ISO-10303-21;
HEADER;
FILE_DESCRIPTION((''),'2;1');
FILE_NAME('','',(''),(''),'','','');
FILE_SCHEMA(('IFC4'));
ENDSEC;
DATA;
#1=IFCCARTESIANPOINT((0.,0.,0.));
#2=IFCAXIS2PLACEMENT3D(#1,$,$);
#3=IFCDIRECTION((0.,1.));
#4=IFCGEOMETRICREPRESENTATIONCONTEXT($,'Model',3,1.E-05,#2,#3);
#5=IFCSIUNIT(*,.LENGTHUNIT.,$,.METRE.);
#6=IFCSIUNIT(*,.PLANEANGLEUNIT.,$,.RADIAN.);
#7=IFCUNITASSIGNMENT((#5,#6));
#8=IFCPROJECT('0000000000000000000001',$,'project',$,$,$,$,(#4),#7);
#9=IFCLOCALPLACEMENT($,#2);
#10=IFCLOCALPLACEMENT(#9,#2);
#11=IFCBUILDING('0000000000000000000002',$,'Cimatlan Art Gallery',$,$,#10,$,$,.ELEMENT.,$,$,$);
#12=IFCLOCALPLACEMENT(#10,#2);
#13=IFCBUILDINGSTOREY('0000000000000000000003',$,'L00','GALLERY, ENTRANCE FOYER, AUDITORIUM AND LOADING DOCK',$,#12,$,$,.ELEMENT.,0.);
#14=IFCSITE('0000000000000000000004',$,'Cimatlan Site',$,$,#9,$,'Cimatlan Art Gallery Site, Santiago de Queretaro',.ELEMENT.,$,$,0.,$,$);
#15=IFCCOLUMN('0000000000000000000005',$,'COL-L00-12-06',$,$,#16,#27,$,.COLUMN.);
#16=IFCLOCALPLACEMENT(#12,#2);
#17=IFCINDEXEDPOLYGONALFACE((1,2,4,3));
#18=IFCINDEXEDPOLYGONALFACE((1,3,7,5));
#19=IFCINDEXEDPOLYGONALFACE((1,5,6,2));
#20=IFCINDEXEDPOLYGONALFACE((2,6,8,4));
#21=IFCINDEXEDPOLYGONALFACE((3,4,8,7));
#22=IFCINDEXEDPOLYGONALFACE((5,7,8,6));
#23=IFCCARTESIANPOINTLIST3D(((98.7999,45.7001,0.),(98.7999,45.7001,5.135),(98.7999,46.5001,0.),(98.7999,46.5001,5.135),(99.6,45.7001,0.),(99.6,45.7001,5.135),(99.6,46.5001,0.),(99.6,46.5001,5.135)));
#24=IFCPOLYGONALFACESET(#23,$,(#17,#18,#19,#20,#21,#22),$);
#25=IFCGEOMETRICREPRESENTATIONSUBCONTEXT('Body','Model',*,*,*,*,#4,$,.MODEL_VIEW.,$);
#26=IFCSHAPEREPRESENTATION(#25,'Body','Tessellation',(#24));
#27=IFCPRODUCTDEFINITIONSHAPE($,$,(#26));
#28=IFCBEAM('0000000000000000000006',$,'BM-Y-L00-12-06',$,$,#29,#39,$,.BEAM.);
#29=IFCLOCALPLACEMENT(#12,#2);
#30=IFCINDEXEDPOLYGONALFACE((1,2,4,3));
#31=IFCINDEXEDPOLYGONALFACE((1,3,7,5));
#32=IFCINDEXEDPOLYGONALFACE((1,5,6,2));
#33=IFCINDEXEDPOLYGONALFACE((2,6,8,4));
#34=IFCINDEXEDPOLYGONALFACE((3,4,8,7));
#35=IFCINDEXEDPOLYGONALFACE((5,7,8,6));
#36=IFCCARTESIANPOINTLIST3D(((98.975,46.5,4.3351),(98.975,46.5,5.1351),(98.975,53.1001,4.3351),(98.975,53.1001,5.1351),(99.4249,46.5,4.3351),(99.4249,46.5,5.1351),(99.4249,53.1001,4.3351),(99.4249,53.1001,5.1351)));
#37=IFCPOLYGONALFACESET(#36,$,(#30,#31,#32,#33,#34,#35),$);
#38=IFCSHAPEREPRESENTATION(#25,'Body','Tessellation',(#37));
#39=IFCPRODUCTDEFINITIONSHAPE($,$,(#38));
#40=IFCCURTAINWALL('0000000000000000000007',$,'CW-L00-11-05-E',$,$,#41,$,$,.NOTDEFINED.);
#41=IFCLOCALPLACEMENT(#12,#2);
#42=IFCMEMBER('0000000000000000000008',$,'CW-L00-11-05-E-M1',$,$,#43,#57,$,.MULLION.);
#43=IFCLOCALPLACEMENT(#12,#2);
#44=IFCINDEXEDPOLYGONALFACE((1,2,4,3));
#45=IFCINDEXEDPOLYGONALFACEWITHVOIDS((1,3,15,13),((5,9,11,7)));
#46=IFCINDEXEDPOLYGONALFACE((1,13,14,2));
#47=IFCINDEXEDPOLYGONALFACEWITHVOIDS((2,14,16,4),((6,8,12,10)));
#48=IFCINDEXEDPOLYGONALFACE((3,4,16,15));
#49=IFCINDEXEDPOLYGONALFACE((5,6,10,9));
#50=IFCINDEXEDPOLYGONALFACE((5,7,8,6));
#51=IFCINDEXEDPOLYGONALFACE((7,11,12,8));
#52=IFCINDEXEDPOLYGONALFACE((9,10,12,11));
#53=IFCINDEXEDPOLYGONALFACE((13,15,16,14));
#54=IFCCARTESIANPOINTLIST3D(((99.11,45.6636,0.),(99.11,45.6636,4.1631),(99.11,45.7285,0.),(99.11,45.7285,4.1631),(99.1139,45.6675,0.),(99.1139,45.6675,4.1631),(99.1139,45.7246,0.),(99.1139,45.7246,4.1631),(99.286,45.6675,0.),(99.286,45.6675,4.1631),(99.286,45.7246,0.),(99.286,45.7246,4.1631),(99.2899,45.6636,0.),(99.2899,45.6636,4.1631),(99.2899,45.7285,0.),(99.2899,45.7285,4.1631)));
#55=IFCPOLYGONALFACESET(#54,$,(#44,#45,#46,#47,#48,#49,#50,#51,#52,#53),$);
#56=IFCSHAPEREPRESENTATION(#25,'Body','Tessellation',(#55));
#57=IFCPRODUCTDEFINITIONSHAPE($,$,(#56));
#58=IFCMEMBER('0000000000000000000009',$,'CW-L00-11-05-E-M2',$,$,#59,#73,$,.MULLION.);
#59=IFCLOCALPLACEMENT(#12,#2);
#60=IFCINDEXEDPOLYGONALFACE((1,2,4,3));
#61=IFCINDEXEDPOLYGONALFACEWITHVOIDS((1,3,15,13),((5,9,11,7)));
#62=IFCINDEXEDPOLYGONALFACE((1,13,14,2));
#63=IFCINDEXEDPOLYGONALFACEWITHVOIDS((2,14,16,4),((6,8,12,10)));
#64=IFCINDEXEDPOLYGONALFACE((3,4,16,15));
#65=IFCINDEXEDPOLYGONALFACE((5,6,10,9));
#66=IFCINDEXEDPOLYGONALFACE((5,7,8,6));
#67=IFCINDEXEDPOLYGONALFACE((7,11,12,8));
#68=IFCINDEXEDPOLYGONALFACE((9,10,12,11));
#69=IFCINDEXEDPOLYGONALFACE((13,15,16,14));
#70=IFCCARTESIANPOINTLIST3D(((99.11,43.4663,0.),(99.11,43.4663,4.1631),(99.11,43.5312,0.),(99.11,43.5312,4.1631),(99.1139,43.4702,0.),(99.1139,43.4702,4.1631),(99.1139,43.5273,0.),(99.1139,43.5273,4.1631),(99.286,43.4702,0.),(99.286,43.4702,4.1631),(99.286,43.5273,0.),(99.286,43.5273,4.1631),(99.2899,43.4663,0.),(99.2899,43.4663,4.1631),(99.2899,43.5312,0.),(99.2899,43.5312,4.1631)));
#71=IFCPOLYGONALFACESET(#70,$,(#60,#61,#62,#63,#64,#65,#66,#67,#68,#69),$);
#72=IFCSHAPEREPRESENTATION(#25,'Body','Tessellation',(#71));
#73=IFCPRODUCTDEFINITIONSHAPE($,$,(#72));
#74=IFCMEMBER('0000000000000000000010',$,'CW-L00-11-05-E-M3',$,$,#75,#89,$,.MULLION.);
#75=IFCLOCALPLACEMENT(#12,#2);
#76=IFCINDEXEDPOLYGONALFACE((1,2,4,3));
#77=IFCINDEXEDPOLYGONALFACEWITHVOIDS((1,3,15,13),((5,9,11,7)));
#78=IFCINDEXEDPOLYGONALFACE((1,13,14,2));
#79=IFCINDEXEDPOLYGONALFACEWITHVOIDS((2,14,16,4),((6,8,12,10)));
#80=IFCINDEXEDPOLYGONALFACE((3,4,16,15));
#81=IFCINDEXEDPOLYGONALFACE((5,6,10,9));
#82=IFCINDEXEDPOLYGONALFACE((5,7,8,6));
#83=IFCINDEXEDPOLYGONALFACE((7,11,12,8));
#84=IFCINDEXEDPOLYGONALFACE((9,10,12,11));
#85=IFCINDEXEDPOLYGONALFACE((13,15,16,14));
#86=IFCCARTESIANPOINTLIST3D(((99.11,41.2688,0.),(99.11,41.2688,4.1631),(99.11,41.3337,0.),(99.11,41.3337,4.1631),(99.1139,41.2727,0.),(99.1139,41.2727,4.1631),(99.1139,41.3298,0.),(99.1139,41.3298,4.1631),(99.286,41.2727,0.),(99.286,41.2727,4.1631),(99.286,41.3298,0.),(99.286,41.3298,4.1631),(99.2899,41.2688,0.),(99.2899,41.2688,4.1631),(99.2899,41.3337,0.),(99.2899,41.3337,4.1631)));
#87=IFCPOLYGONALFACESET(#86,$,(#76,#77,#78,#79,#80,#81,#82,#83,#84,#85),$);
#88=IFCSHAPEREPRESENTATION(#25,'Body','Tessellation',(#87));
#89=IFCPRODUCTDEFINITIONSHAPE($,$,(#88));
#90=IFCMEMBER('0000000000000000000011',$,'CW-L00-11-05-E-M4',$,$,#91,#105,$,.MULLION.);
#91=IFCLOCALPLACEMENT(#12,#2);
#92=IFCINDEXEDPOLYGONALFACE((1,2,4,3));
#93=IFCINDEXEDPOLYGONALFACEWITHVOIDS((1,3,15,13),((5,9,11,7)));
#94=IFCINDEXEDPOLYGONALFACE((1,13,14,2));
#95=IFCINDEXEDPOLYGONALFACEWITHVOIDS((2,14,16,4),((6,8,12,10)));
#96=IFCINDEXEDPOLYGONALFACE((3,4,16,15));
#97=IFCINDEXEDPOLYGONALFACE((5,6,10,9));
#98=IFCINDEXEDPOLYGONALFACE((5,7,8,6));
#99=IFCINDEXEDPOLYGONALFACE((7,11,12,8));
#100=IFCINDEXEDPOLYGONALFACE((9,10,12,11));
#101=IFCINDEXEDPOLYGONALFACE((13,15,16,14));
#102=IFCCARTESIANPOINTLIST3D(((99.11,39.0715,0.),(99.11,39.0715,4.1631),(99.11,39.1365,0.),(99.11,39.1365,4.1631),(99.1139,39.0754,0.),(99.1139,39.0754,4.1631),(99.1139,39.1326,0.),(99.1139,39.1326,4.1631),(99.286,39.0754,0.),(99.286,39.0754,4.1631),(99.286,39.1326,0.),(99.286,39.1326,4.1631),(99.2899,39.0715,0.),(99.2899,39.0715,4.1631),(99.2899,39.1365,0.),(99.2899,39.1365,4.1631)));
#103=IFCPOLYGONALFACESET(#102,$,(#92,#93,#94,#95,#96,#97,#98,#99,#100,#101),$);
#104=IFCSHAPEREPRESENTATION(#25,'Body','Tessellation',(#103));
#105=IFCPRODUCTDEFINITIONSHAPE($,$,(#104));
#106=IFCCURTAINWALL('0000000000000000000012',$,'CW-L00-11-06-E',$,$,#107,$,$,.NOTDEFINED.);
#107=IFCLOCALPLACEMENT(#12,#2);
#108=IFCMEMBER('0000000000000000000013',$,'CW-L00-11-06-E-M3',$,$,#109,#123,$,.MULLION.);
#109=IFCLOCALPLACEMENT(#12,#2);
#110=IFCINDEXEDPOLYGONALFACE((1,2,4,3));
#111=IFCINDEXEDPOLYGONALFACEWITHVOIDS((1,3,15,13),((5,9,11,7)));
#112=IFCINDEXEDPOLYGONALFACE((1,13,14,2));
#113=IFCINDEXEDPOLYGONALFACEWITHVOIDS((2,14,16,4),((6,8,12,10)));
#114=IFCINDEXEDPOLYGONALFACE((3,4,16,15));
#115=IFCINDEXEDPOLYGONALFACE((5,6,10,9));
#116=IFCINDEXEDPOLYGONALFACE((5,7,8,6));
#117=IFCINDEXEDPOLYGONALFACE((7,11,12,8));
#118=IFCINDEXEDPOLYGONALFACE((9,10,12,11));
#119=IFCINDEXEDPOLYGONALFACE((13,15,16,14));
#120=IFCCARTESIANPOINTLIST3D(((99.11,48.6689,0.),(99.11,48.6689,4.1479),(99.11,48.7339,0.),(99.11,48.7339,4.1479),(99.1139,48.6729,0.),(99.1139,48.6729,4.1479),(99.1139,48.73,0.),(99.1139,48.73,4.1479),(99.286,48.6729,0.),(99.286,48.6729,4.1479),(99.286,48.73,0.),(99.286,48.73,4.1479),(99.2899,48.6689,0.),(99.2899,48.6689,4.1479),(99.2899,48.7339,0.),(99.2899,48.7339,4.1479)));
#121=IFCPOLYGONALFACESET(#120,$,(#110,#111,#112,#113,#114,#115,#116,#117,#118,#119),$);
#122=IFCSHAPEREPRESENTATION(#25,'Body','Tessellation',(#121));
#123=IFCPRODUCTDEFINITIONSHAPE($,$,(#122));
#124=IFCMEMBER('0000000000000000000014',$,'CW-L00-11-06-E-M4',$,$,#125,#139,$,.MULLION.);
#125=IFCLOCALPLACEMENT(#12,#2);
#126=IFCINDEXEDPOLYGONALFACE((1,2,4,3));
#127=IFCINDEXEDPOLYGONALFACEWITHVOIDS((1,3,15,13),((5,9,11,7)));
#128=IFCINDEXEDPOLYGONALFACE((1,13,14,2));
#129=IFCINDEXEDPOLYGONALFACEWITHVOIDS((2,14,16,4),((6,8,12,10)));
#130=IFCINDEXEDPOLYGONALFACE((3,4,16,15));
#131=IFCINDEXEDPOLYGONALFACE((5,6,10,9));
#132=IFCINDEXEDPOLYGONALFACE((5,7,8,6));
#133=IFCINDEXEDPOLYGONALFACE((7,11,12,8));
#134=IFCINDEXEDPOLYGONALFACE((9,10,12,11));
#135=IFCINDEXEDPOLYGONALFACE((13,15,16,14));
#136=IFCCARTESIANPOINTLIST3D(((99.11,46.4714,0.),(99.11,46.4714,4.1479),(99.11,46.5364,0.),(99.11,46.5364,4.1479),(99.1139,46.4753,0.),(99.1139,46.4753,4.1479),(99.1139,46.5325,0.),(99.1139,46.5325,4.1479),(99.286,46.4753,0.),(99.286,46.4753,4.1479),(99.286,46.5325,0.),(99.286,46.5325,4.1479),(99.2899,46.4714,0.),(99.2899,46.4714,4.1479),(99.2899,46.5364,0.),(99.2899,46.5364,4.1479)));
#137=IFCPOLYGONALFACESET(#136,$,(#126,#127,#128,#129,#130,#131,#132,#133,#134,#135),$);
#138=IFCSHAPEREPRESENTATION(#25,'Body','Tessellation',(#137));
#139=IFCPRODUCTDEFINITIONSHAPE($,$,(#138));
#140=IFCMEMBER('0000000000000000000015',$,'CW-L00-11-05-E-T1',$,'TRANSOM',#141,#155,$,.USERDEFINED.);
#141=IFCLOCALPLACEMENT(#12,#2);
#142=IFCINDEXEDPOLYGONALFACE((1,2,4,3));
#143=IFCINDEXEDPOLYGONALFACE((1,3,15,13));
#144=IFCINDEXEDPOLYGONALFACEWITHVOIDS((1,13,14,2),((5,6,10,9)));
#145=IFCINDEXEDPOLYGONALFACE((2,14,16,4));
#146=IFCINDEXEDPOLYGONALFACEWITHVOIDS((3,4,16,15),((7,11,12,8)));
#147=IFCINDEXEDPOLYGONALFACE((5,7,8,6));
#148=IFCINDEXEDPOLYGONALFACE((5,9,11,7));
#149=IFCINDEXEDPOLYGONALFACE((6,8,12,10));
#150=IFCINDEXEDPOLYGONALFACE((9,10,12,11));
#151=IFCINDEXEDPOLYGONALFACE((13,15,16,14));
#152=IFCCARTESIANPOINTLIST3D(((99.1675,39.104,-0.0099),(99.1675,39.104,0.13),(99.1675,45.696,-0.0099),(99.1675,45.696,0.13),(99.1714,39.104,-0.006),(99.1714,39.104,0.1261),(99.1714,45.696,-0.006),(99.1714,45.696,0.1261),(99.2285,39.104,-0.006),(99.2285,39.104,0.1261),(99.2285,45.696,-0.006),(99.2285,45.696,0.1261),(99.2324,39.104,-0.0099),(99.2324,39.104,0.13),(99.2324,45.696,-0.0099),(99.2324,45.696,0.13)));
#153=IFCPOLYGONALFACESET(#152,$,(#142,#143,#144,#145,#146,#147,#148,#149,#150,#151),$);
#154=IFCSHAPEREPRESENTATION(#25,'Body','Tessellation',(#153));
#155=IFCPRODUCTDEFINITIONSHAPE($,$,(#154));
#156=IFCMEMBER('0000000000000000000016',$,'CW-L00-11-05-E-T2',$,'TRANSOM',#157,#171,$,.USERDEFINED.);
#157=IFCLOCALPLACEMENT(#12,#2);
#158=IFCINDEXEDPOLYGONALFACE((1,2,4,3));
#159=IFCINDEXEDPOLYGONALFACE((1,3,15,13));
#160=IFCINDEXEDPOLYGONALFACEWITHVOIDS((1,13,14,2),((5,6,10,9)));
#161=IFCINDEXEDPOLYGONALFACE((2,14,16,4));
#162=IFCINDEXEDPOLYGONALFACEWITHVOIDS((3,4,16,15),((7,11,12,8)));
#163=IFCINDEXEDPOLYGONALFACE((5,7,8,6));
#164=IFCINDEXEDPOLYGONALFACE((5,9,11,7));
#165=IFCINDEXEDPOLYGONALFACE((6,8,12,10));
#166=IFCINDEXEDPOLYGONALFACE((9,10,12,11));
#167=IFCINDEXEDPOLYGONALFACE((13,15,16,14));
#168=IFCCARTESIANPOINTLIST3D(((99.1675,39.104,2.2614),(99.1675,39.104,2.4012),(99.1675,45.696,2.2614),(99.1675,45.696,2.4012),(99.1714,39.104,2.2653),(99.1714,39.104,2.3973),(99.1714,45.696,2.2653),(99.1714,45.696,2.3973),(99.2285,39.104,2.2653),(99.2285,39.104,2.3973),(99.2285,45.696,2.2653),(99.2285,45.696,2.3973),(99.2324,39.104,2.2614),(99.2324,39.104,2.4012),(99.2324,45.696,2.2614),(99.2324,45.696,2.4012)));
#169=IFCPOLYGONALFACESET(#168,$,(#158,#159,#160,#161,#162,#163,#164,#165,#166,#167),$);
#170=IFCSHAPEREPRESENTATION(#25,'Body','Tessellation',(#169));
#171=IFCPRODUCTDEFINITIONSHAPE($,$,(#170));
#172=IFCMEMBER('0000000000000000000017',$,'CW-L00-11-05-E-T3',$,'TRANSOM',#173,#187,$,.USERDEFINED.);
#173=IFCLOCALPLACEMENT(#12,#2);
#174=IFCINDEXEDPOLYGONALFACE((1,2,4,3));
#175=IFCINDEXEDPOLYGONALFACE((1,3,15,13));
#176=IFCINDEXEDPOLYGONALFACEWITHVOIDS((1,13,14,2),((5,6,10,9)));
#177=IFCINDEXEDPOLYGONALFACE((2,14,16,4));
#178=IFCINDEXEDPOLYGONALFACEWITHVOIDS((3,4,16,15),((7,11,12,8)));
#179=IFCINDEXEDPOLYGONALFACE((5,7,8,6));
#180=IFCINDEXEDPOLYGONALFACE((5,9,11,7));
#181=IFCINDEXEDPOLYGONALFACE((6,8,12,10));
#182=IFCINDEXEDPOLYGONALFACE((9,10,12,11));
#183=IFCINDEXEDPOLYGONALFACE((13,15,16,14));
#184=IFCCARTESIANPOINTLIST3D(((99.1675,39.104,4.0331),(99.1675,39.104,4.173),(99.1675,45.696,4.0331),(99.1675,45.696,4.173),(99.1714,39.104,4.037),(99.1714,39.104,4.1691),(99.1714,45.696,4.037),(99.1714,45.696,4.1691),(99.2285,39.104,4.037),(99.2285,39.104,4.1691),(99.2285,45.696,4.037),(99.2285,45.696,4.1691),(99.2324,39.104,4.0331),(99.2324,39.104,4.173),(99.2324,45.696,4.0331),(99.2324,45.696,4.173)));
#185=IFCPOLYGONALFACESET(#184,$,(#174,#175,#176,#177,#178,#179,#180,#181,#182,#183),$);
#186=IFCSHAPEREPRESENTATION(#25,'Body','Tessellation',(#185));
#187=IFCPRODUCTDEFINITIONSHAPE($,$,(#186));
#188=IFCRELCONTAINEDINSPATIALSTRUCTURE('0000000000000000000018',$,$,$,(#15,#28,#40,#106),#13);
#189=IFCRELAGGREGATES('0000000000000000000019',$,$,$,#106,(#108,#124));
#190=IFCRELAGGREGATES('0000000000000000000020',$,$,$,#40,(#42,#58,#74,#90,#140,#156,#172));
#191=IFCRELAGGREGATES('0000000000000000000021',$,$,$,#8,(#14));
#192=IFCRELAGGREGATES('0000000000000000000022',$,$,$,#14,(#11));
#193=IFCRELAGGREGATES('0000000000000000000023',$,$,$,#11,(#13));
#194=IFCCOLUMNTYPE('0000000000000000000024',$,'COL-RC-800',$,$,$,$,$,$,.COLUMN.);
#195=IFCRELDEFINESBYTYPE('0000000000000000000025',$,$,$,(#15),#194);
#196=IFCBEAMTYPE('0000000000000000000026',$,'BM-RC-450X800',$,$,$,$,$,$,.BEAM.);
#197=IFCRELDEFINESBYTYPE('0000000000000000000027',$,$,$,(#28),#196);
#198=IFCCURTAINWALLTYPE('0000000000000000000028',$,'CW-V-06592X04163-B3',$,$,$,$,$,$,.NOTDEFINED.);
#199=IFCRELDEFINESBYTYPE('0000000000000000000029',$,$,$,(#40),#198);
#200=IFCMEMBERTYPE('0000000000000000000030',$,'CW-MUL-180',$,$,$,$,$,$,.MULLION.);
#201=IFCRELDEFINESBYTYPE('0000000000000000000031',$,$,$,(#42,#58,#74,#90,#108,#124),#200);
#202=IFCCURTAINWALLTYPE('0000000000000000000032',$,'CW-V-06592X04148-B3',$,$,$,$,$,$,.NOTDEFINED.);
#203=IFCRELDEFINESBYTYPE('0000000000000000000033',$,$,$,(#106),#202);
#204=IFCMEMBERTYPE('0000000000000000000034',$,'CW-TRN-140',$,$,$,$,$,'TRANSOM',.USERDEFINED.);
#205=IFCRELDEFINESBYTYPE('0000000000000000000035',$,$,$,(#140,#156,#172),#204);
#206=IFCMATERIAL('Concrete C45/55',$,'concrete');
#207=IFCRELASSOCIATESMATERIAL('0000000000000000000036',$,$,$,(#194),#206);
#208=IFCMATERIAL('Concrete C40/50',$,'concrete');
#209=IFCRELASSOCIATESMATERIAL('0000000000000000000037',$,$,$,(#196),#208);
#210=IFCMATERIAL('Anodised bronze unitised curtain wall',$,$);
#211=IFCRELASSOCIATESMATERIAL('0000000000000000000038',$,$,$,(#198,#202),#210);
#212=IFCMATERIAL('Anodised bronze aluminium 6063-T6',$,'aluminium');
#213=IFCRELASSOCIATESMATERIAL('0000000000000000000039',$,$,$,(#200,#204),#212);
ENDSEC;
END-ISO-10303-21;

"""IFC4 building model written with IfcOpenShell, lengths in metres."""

from ifc_helpers import new_model, si_unit, direction, frame, origin, origin_2d, place, context, subcontext, project, spatial, rectangle, hollow_rectangle, extrude, material, material_profile, profile_set, type_object, element, aggregate, save


model = new_model("IFC4")

# Units and contexts
model_context = context("Model", 3, precision=1e-05, world=origin(), true_north=direction((0.0, 1.0)))
body_context = subcontext(model_context, "Body", "Model", "MODEL_VIEW")
ifc_project = project(units=[si_unit("LENGTHUNIT", "METRE"), si_unit("PLANEANGLEUNIT", "RADIAN")], contexts=[model_context])

# Site, building, storey
site_placement = place(None, origin())
site = spatial("IfcSite", under=ifc_project, at=site_placement, Name="Cimatlan Site", LongName="Cimatlan Art Gallery Site, Santiago de Queretaro", CompositionType="ELEMENT", RefElevation=0.0)
building_placement = place(site_placement, origin())
building = spatial("IfcBuilding", under=site, at=building_placement, Name="Cimatlan Art Gallery", CompositionType="ELEMENT")
storey_placement = place(building_placement, origin())
storey = spatial("IfcBuildingStorey", under=building, at=storey_placement, Name="L00", Description="GALLERY, ENTRANCE FOYER, AUDITORIUM AND LOADING DOCK", CompositionType="ELEMENT", Elevation=0.0)

# Column
ifc_material_1 = material(Name="Concrete C45/55", Category="concrete")
ifc_material_profile_1 = material_profile(ifc_material_1, rectangle(XDim=0.8, YDim=0.8, at=origin_2d()), Name="RC800X800")
ifc_profile_set_1 = profile_set([ifc_material_profile_1], Name="Concrete C45/55")
column_type = type_object("IfcColumnType", Name="COL-RC-800", PredefinedType="COLUMN", material=ifc_profile_set_1)
column_placement = place(storey_placement, frame((99.2, 46.1001, 0.0), z_axis=(0.0, 0.0, 1.0), x_axis=(1.0, 0.0, 0.0)))
element("IfcColumn", 1, at=column_placement, inside=storey, type_object=column_type, Name="COL-L00-12-06", PredefinedType="COLUMN", context=body_context, shape_type="SweptSolid", body=[
    extrude(rectangle(XDim=0.8, YDim=0.8, at=origin_2d()), origin(), (0.0, 0.0, 1.0), 5.135),
])

# Beam
ifc_material_2 = material(Name="Concrete C40/50", Category="concrete")
ifc_material_profile_2 = material_profile(ifc_material_2, rectangle(XDim=0.45, YDim=0.8, at=origin_2d()), Name="RC450X800")
ifc_profile_set_2 = profile_set([ifc_material_profile_2], Name="Concrete C40/50")
beam_type = type_object("IfcBeamType", Name="BM-RC-450X800", PredefinedType="BEAM", material=ifc_profile_set_2)
beam_placement = place(storey_placement, frame((99.2, 46.5, 4.7351), z_axis=(0.0, 1.0, 0.0), x_axis=(-1.0, 0.0, 0.0)))
element("IfcBeam", 2, at=beam_placement, inside=storey, type_object=beam_type, Name="BM-Y-L00-12-06", PredefinedType="BEAM", context=body_context, shape_type="SweptSolid", body=[
    extrude(rectangle(XDim=0.45, YDim=0.8, at=origin_2d()), origin(), (0.0, 0.0, 1.0), 6.6001),
])

# Curtain walls, members
ifc_material_3 = material(Name="Anodised bronze unitised curtain wall")
curtain_wall_type_1 = type_object("IfcCurtainWallType", Name="CW-V-06592X04163-B3", PredefinedType="NOTDEFINED", material=ifc_material_3)
curtain_wall_1_placement = place(storey_placement, origin())
curtain_wall_1 = element("IfcCurtainWall", 3, at=curtain_wall_1_placement, inside=storey, type_object=curtain_wall_type_1, Name="CW-L00-11-05-E", PredefinedType="NOTDEFINED")
ifc_material_4 = material(Name="Anodised bronze aluminium 6063-T6", Category="aluminium")
ifc_material_profile_3 = material_profile(ifc_material_4, hollow_rectangle(XDim=0.0649, YDim=0.1799, WallThickness=0.0039, at=origin_2d()), Name="ALU65X180X4")
ifc_profile_set_3 = profile_set([ifc_material_profile_3], Name="Anodised bronze aluminium 6063-T6")
member_type_1 = type_object("IfcMemberType", Name="CW-MUL-180", PredefinedType="MULLION", material=ifc_profile_set_3)
member_1_placement = place(storey_placement, frame((99.2, 45.696, 0.0), z_axis=(0.0, 0.0, 1.0), x_axis=(0.0, 1.0, 0.0)))
member_1 = element("IfcMember", 4, at=member_1_placement, type_object=member_type_1, Name="CW-L00-11-05-E-M1", PredefinedType="MULLION", context=body_context, shape_type="SweptSolid", body=[
    extrude(hollow_rectangle(XDim=0.0649, YDim=0.1799, WallThickness=0.0039, at=origin_2d()), origin(), (0.0, 0.0, 1.0), 4.1631),
])
member_2_placement = place(storey_placement, frame((99.2, 43.4988, 0.0), z_axis=(0.0, 0.0, 1.0), x_axis=(0.0, 1.0, 0.0)))
member_2 = element("IfcMember", 5, at=member_2_placement, type_object=member_type_1, Name="CW-L00-11-05-E-M2", PredefinedType="MULLION", context=body_context, shape_type="SweptSolid", body=[
    extrude(hollow_rectangle(XDim=0.0649, YDim=0.1799, WallThickness=0.0039, at=origin_2d()), origin(), (0.0, 0.0, 1.0), 4.1631),
])
member_3_placement = place(storey_placement, frame((99.2, 41.3013, 0.0), z_axis=(0.0, 0.0, 1.0), x_axis=(0.0, 1.0, 0.0)))
member_3 = element("IfcMember", 6, at=member_3_placement, type_object=member_type_1, Name="CW-L00-11-05-E-M3", PredefinedType="MULLION", context=body_context, shape_type="SweptSolid", body=[
    extrude(hollow_rectangle(XDim=0.0649, YDim=0.1799, WallThickness=0.0039, at=origin_2d()), origin(), (0.0, 0.0, 1.0), 4.1631),
])
member_4_placement = place(storey_placement, frame((99.2, 39.104, 0.0), z_axis=(0.0, 0.0, 1.0), x_axis=(0.0, 1.0, 0.0)))
member_4 = element("IfcMember", 7, at=member_4_placement, type_object=member_type_1, Name="CW-L00-11-05-E-M4", PredefinedType="MULLION", context=body_context, shape_type="SweptSolid", body=[
    extrude(hollow_rectangle(XDim=0.0649, YDim=0.1799, WallThickness=0.0039, at=origin_2d()), origin(), (0.0, 0.0, 1.0), 4.1631),
])
curtain_wall_type_2 = type_object("IfcCurtainWallType", Name="CW-V-06592X04148-B3", PredefinedType="NOTDEFINED", material=ifc_material_3)
curtain_wall_2_placement = place(storey_placement, origin())
curtain_wall_2 = element("IfcCurtainWall", 8, at=curtain_wall_2_placement, inside=storey, type_object=curtain_wall_type_2, Name="CW-L00-11-06-E", PredefinedType="NOTDEFINED")
member_5_placement = place(storey_placement, frame((99.2, 48.7014, 0.0), z_axis=(0.0, 0.0, 1.0), x_axis=(0.0, 1.0, 0.0)))
member_5 = element("IfcMember", 9, at=member_5_placement, type_object=member_type_1, Name="CW-L00-11-06-E-M3", PredefinedType="MULLION", context=body_context, shape_type="SweptSolid", body=[
    extrude(hollow_rectangle(XDim=0.0649, YDim=0.1799, WallThickness=0.0039, at=origin_2d()), origin(), (0.0, 0.0, 1.0), 4.1479),
])
member_6_placement = place(storey_placement, frame((99.2, 46.5039, 0.0), z_axis=(0.0, 0.0, 1.0), x_axis=(0.0, 1.0, 0.0)))
member_6 = element("IfcMember", 10, at=member_6_placement, type_object=member_type_1, Name="CW-L00-11-06-E-M4", PredefinedType="MULLION", context=body_context, shape_type="SweptSolid", body=[
    extrude(hollow_rectangle(XDim=0.0649, YDim=0.1799, WallThickness=0.0039, at=origin_2d()), origin(), (0.0, 0.0, 1.0), 4.1479),
])

# Members
ifc_material_profile_4 = material_profile(ifc_material_4, hollow_rectangle(XDim=0.0649, YDim=0.1399, WallThickness=0.0039, at=origin_2d()), Name="ALU65X140X4")
ifc_profile_set_4 = profile_set([ifc_material_profile_4], Name="Anodised bronze aluminium 6063-T6")
member_type_2 = type_object("IfcMemberType", Name="CW-TRN-140", ElementType="TRANSOM", PredefinedType="USERDEFINED", material=ifc_profile_set_4)
member_7_placement = place(storey_placement, frame((99.2, 45.696, 0.0601), z_axis=(0.0, -1.0, 0.0), x_axis=(1.0, 0.0, 0.0)))
member_7 = element("IfcMember", 11, at=member_7_placement, type_object=member_type_2, Name="CW-L00-11-05-E-T1", ObjectType="TRANSOM", PredefinedType="USERDEFINED", context=body_context, shape_type="SweptSolid", body=[
    extrude(hollow_rectangle(XDim=0.0649, YDim=0.1399, WallThickness=0.0039, at=origin_2d()), origin(), (0.0, 0.0, 1.0), 6.592),
])
member_8_placement = place(storey_placement, frame((99.2, 45.696, 2.3313), z_axis=(0.0, -1.0, 0.0), x_axis=(1.0, 0.0, 0.0)))
member_8 = element("IfcMember", 12, at=member_8_placement, type_object=member_type_2, Name="CW-L00-11-05-E-T2", ObjectType="TRANSOM", PredefinedType="USERDEFINED", context=body_context, shape_type="SweptSolid", body=[
    extrude(hollow_rectangle(XDim=0.0649, YDim=0.1399, WallThickness=0.0039, at=origin_2d()), origin(), (0.0, 0.0, 1.0), 6.592),
])
member_9_placement = place(storey_placement, frame((99.2, 45.696, 4.103), z_axis=(0.0, -1.0, 0.0), x_axis=(1.0, 0.0, 0.0)))
member_9 = element("IfcMember", 13, at=member_9_placement, type_object=member_type_2, Name="CW-L00-11-05-E-T3", ObjectType="TRANSOM", PredefinedType="USERDEFINED", context=body_context, shape_type="SweptSolid", body=[
    extrude(hollow_rectangle(XDim=0.0649, YDim=0.1399, WallThickness=0.0039, at=origin_2d()), origin(), (0.0, 0.0, 1.0), 6.592),
])

aggregate(curtain_wall_2, [member_5, member_6])
aggregate(curtain_wall_1, [member_1, member_2, member_3, member_4, member_7, member_8, member_9])

save(model, "model.ifc")
